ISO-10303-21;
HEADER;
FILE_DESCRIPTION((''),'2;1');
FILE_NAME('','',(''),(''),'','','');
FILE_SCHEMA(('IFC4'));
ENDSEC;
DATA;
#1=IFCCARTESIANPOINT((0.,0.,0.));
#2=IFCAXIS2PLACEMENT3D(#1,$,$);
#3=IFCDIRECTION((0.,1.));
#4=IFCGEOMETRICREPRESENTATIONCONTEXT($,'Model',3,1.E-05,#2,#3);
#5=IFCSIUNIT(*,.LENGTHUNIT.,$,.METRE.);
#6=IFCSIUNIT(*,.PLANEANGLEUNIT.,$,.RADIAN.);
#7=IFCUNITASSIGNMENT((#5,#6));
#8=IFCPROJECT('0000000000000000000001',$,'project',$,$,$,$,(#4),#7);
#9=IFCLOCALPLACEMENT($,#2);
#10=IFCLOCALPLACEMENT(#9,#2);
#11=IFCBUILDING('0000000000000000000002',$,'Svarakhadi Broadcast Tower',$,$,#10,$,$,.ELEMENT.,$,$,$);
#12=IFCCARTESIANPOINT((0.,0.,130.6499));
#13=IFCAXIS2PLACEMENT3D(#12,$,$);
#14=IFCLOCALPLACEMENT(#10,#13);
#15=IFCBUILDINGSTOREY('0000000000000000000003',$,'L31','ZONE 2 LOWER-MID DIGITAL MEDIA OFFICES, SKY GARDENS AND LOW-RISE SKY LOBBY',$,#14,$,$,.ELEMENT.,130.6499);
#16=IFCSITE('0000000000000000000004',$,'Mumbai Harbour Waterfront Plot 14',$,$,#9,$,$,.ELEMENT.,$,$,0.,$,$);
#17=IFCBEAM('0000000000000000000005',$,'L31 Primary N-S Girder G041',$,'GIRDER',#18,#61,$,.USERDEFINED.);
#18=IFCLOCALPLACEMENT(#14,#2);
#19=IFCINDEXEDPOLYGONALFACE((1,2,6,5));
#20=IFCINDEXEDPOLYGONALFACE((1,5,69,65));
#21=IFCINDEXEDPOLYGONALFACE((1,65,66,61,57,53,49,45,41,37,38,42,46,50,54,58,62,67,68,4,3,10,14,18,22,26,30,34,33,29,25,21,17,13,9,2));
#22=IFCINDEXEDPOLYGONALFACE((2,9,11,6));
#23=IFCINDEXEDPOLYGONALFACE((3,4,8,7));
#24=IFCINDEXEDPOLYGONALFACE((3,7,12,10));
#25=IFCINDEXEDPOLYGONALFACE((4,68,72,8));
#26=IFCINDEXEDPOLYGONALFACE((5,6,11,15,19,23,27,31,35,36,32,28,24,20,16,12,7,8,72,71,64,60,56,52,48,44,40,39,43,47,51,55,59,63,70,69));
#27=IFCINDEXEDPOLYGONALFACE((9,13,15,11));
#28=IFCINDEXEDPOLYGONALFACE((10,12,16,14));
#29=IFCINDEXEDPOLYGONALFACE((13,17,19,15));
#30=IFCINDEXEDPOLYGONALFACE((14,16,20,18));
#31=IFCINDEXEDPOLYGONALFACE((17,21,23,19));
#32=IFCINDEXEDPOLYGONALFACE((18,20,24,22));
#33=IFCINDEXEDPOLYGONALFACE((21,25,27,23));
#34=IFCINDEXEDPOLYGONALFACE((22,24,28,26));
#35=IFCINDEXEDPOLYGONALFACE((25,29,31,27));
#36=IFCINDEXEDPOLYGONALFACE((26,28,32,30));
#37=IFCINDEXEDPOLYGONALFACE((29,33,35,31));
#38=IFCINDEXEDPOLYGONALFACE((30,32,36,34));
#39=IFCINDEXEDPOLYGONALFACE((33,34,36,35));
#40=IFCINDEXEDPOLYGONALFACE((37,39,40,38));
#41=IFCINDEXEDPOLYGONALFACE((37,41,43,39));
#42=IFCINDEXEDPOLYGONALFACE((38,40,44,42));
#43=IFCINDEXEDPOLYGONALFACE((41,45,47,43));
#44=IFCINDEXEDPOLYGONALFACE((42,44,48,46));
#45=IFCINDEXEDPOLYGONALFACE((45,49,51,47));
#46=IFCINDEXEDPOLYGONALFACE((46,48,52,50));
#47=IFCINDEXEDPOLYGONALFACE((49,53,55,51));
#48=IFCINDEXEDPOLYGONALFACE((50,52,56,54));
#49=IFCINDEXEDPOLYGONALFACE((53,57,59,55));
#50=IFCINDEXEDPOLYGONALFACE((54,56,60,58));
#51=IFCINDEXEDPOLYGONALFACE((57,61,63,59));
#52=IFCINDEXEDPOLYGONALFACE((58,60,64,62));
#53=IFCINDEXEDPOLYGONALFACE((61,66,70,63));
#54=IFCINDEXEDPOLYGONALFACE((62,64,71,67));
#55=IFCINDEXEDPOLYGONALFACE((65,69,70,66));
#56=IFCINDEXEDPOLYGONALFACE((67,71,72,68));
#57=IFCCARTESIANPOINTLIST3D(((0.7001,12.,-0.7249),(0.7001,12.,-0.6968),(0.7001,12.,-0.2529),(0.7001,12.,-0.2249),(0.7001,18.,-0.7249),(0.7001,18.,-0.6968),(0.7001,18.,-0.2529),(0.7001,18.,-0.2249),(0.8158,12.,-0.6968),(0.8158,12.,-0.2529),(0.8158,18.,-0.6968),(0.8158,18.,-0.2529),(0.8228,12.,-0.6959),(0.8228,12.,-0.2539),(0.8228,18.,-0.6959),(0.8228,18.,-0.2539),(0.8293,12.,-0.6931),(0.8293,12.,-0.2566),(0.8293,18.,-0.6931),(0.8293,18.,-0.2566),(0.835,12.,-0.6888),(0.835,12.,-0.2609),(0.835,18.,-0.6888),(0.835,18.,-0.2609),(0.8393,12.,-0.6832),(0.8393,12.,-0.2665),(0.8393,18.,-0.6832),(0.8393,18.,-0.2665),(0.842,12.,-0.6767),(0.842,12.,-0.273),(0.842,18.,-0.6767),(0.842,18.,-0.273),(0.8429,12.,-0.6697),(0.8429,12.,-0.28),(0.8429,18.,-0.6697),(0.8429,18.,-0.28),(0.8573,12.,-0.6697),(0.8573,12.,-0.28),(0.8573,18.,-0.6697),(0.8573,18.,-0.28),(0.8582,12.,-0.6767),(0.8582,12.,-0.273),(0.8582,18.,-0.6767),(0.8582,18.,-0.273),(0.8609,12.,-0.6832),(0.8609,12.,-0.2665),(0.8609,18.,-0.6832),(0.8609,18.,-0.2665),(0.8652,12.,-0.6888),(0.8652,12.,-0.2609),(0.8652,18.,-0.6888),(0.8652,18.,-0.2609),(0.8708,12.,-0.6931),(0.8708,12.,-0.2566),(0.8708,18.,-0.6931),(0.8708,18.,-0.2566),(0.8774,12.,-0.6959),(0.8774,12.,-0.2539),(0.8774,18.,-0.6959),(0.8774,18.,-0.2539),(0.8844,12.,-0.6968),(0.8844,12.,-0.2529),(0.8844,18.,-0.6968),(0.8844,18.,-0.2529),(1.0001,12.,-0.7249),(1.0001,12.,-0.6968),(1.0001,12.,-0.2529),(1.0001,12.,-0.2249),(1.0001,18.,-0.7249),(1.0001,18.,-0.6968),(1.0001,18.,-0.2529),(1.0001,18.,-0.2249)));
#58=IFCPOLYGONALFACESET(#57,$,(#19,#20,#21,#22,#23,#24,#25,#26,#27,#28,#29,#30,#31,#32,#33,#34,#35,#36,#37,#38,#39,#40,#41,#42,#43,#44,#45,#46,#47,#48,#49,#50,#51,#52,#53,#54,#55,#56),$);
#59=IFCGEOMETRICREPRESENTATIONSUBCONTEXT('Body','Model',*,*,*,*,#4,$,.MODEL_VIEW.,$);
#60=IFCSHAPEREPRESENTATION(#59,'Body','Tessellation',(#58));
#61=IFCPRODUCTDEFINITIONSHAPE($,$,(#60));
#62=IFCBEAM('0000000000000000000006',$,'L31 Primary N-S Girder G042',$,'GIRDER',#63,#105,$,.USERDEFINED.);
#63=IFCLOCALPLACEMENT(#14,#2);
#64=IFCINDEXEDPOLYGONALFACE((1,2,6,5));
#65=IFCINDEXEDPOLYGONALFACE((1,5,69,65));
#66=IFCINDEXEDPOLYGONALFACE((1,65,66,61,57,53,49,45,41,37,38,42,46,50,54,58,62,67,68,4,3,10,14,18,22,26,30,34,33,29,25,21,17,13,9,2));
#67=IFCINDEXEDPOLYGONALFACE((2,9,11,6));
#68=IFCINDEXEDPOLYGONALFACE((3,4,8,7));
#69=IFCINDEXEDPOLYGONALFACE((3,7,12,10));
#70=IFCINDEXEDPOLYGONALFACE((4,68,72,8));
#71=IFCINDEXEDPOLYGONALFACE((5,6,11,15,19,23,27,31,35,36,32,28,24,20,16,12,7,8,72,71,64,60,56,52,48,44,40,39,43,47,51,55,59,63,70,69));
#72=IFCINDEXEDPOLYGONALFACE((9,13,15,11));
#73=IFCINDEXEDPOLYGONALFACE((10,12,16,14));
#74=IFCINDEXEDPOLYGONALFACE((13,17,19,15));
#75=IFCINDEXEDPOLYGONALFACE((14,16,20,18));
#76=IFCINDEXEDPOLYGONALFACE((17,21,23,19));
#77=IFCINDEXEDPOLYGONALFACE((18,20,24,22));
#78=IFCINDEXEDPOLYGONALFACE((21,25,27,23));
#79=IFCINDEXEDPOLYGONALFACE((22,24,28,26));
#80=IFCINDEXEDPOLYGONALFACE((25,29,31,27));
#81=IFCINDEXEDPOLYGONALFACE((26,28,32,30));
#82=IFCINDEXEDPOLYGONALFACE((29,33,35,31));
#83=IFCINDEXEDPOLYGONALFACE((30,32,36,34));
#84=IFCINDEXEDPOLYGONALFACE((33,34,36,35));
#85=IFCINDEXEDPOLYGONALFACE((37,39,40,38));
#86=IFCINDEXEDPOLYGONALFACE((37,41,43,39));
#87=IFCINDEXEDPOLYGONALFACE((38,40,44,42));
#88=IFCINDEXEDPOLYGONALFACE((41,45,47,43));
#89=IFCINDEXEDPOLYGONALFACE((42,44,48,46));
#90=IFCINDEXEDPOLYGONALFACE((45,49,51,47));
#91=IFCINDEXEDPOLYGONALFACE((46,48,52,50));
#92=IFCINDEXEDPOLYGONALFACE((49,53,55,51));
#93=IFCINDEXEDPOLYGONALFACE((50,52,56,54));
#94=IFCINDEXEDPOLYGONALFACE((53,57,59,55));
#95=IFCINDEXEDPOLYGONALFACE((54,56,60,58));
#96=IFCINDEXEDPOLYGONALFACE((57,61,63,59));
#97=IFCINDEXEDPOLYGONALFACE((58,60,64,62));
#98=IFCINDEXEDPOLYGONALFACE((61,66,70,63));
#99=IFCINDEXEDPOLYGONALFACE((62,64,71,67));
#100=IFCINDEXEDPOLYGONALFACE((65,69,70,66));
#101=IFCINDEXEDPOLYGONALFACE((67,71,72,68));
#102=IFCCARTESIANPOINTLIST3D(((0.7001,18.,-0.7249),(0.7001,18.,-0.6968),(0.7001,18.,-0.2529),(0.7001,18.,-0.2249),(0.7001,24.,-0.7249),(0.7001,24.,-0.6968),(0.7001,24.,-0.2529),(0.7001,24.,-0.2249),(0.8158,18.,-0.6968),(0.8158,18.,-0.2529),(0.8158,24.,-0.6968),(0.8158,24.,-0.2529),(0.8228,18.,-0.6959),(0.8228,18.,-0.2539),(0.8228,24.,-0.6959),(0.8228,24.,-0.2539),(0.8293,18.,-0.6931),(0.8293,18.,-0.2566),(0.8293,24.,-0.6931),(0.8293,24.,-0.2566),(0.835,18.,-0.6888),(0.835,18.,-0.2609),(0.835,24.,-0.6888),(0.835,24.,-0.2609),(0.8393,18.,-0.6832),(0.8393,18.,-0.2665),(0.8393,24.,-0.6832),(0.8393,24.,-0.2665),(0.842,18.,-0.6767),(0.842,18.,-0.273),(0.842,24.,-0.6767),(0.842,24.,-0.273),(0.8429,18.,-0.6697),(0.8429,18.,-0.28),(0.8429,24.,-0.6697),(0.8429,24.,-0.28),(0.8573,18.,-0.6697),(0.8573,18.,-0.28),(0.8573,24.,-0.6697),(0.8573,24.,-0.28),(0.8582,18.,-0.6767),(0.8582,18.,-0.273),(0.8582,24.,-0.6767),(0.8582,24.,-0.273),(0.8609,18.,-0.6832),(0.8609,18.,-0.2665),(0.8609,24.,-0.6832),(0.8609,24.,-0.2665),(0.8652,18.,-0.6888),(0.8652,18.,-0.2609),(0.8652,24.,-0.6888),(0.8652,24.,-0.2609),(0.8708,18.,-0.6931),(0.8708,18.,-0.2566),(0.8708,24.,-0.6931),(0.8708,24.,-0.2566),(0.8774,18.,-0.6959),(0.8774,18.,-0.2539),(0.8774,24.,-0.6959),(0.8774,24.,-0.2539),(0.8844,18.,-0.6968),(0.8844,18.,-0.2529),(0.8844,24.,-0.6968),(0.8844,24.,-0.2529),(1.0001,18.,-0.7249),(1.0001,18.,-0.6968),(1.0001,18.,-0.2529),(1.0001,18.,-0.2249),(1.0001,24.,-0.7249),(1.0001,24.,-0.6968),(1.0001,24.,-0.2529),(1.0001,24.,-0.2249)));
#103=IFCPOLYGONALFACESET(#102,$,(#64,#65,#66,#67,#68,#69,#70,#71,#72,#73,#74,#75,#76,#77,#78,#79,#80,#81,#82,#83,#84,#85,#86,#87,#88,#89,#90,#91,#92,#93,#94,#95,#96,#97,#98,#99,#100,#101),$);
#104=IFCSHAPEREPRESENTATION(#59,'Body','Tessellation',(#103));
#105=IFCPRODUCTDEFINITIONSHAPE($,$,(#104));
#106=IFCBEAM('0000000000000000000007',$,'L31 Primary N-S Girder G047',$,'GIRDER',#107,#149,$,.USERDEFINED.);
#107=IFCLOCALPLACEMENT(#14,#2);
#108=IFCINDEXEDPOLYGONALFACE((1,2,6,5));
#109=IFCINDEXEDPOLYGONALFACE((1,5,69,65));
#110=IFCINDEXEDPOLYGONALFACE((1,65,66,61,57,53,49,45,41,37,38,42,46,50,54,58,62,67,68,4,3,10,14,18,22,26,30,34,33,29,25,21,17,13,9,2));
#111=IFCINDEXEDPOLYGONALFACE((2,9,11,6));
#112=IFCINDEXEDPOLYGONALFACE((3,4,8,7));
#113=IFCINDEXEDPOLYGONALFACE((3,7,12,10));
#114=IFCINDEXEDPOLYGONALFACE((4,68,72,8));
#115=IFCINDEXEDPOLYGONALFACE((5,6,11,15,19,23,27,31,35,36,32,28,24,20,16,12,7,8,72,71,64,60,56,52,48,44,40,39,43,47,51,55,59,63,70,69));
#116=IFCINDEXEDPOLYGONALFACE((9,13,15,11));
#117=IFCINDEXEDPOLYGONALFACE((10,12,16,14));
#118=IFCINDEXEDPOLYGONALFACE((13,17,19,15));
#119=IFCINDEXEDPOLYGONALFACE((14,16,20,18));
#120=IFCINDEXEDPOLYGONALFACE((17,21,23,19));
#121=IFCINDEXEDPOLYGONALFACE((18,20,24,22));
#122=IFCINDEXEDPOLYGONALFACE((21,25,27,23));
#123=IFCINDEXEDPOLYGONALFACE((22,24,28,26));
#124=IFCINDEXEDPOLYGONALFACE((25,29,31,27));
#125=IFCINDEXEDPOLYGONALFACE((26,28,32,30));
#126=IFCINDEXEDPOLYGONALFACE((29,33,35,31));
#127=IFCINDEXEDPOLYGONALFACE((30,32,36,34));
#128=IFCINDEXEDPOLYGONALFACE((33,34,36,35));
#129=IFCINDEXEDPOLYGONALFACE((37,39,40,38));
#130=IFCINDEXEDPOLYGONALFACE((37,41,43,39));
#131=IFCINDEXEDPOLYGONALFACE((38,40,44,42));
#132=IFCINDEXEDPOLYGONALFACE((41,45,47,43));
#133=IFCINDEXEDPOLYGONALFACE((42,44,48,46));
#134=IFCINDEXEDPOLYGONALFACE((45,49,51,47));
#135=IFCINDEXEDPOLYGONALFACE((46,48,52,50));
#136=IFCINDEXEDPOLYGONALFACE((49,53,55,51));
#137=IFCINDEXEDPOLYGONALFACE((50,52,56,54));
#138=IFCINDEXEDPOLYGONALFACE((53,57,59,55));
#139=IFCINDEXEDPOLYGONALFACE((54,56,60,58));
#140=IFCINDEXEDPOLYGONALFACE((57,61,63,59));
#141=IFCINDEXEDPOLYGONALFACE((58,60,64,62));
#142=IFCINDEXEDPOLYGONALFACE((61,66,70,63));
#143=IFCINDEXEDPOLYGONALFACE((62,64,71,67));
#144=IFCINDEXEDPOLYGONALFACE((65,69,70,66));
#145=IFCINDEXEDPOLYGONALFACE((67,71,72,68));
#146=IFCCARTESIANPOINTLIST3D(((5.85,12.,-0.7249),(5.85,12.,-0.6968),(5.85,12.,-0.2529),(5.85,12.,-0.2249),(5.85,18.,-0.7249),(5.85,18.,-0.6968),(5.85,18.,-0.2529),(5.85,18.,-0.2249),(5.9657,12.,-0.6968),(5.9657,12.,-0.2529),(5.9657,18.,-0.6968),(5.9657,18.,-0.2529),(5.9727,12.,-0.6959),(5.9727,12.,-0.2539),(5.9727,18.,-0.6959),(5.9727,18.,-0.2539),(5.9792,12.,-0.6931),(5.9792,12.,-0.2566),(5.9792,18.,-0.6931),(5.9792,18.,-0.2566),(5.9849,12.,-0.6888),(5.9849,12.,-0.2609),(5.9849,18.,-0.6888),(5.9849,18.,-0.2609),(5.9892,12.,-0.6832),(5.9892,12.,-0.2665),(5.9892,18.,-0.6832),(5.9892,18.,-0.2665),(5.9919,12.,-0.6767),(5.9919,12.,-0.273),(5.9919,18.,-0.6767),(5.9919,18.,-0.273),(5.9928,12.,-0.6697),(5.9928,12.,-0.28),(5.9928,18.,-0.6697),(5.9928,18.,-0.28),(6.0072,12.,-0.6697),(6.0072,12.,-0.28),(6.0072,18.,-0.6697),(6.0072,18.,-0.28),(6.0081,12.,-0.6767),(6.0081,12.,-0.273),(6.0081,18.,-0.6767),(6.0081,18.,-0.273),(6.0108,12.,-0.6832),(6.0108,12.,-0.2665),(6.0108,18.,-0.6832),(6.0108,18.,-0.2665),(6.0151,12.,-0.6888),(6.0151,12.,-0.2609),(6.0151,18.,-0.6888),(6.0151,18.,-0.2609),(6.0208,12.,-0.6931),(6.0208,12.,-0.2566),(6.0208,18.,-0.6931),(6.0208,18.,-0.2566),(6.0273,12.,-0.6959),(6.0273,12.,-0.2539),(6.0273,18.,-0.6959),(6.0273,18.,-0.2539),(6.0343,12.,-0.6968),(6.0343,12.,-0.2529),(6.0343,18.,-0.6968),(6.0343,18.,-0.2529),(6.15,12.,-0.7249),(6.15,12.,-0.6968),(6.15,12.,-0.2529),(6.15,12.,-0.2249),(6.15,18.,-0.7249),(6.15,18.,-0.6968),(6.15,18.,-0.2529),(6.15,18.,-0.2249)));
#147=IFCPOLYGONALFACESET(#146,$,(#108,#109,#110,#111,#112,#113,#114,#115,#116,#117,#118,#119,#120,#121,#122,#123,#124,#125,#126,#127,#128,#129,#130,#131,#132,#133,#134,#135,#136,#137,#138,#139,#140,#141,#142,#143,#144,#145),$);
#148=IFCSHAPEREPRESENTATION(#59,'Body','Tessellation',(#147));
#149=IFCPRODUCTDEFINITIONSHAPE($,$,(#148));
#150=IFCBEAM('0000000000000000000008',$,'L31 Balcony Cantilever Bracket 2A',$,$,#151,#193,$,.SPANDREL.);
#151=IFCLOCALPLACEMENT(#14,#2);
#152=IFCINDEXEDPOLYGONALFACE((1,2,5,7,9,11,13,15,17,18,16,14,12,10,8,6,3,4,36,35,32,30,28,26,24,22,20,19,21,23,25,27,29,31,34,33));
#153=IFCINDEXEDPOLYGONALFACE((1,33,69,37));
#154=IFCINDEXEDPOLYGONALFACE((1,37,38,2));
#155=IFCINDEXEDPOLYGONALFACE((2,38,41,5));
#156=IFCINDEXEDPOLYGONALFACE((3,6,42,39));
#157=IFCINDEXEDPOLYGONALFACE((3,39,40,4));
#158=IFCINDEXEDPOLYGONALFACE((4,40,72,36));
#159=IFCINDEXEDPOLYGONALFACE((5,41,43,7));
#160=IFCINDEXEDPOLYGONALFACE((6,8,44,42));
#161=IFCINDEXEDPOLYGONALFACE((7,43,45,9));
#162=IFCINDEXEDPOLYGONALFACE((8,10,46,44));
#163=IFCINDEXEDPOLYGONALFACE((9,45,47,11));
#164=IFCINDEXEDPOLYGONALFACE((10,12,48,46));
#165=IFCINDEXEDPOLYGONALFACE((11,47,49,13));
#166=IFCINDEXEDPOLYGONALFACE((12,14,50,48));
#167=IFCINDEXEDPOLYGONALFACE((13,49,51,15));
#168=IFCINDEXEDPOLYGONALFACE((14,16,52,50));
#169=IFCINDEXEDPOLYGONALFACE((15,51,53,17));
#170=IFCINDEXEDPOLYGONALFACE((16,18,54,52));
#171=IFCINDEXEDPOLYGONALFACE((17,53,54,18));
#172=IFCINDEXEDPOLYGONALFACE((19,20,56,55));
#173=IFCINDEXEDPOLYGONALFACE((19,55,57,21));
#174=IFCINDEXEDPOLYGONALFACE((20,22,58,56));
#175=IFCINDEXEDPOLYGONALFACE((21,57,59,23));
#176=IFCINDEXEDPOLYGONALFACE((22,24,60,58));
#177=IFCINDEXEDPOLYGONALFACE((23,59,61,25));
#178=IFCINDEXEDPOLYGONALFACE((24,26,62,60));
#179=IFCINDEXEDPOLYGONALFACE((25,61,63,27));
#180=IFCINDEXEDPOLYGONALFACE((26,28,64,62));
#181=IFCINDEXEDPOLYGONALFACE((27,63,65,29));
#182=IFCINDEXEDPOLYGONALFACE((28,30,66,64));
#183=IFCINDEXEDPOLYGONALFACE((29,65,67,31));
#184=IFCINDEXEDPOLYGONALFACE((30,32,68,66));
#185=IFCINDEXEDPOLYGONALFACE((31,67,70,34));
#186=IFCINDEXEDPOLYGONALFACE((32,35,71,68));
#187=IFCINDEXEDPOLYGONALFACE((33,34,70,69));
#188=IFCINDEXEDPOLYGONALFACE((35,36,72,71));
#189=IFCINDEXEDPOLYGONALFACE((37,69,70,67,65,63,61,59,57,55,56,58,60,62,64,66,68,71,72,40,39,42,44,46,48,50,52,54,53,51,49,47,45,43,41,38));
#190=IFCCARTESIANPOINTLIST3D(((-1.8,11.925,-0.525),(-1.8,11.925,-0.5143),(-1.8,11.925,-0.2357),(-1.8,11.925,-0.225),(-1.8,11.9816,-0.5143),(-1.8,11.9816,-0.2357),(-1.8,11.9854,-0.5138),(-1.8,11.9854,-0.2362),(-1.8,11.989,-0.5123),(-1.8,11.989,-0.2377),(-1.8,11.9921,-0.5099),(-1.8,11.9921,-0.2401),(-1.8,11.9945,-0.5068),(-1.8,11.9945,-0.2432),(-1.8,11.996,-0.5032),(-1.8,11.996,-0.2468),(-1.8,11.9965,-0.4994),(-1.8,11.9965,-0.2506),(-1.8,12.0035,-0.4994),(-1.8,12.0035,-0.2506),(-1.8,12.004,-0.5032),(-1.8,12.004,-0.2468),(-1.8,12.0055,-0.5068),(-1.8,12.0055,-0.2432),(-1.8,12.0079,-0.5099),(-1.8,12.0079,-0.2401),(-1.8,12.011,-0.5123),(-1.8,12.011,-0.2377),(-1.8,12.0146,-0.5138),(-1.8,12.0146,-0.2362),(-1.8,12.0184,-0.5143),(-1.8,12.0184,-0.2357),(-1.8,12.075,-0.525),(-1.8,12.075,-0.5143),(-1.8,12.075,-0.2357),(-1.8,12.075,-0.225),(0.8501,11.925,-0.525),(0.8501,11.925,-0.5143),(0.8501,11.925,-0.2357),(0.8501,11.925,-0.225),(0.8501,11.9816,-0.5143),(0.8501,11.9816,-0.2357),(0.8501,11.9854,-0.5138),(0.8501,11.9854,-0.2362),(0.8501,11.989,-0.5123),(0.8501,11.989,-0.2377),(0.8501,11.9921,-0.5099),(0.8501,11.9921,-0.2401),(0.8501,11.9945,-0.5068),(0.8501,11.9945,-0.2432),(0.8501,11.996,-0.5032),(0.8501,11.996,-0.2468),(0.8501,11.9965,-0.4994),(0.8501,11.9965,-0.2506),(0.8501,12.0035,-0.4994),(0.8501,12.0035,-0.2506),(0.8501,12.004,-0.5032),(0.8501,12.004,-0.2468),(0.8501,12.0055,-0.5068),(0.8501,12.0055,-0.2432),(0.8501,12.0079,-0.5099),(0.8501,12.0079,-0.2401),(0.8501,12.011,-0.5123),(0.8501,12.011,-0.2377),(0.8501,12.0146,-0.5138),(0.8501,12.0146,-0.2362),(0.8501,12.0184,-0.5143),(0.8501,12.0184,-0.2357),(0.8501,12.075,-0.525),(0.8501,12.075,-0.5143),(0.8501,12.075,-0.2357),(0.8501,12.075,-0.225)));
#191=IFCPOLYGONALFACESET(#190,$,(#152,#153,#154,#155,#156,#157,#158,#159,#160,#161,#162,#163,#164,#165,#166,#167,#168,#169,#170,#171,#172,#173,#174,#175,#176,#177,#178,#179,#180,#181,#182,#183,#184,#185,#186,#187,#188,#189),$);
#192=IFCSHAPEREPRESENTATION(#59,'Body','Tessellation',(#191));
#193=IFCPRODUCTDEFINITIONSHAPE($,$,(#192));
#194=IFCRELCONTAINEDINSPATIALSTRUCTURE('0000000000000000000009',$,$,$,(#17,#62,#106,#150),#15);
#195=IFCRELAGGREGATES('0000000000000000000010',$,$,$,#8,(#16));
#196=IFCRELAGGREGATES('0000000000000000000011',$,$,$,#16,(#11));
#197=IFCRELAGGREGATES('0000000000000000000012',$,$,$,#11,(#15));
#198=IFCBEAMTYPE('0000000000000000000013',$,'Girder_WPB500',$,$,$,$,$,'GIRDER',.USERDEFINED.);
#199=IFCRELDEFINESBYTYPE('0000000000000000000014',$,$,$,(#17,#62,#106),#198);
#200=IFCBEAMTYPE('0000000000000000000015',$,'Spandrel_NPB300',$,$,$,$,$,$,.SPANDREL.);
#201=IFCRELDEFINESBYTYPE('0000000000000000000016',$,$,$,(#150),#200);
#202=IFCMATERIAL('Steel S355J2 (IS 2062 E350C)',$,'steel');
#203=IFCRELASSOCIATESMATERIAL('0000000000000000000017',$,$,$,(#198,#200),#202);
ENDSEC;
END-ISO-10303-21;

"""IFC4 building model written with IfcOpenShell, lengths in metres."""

from ifc_helpers import new_model, si_unit, direction, frame, origin, origin_2d, place, context, subcontext, project, spatial, i_section, extrude, material, material_profile, profile_set, type_object, element, save


model = new_model("IFC4")

# Units and contexts
model_context = context("Model", 3, precision=1e-05, world=origin(), true_north=direction((0.0, 1.0)))
body_context = subcontext(model_context, "Body", "Model", "MODEL_VIEW")
ifc_project = project(units=[si_unit("LENGTHUNIT", "METRE"), si_unit("PLANEANGLEUNIT", "RADIAN")], contexts=[model_context])

# Site, building, storey
site_placement = place(None, origin())
site = spatial("IfcSite", under=ifc_project, at=site_placement, Name="Mumbai Harbour Waterfront Plot 14", CompositionType="ELEMENT", RefElevation=0.0)
building_placement = place(site_placement, origin())
building = spatial("IfcBuilding", under=site, at=building_placement, Name="Svarakhadi Broadcast Tower", CompositionType="ELEMENT")
storey_placement = place(building_placement, frame((0.0, 0.0, 130.6499)))
storey = spatial("IfcBuildingStorey", under=building, at=storey_placement, Name="L31", Description="ZONE 2 LOWER-MID DIGITAL MEDIA OFFICES, SKY GARDENS AND LOW-RISE SKY LOBBY", CompositionType="ELEMENT", Elevation=130.6499)

# Shared definitions
ifc_material_1 = material(Name="Steel S355J2 (IS 2062 E350C)", Category="steel")

# Beams
ifc_material_profile_1 = material_profile(ifc_material_1, i_section(OverallWidth=0.3, OverallDepth=0.5, WebThickness=0.0144, FlangeThickness=0.0281, FilletRadius=0.0271, at=origin_2d()), Name="WPB 500x300x187")
ifc_profile_set_1 = profile_set([ifc_material_profile_1], Name="Steel S355J2 (IS 2062 E350C)")
beam_type_1 = type_object("IfcBeamType", Name="Girder_WPB500", ElementType="GIRDER", PredefinedType="USERDEFINED", material=ifc_profile_set_1)
for number, where, z_axis, x_axis, name in (
    (1, (0.8501, 12.0, -0.4749), (0.0, 1.0, 0.0), (-1.0, 0.0, 0.0), "L31 Primary N-S Girder G041"),
    (2, (0.8501, 18.0, -0.4749), (0.0, 1.0, 0.0), (-1.0, 0.0, 0.0), "L31 Primary N-S Girder G042"),
    (3, (6.0, 12.0, -0.4749), (0.0, 1.0, 0.0), (-1.0, 0.0, 0.0), "L31 Primary N-S Girder G047"),
):
    element("IfcBeam", number, at=place(storey_placement, frame(where, z_axis=z_axis, x_axis=x_axis)), inside=storey, type_object=beam_type_1, Name=name, ObjectType="GIRDER", PredefinedType="USERDEFINED", context=body_context, shape_type="SweptSolid", body=[
        extrude(i_section(OverallWidth=0.3, OverallDepth=0.5, WebThickness=0.0144, FlangeThickness=0.0281, FilletRadius=0.0271, at=origin_2d()), origin(), (0.0, 0.0, 1.0), 6.0),
    ])
ifc_material_profile_2 = material_profile(ifc_material_1, i_section(OverallWidth=0.1499, OverallDepth=0.3, WebThickness=0.0071, FlangeThickness=0.0107, FilletRadius=0.0149, at=origin_2d()), Name="NPB 300x150x37")
ifc_profile_set_2 = profile_set([ifc_material_profile_2], Name="Steel S355J2 (IS 2062 E350C)")
beam_type_2 = type_object("IfcBeamType", Name="Spandrel_NPB300", PredefinedType="SPANDREL", material=ifc_profile_set_2)
for number, where, z_axis, x_axis, name in (
    (4, (0.8501, 12.0, -0.375), (-1.0, 0.0, 0.0), (0.0, -1.0, 0.0), "L31 Balcony Cantilever Bracket 2A"),
):
    element("IfcBeam", number, at=place(storey_placement, frame(where, z_axis=z_axis, x_axis=x_axis)), inside=storey, type_object=beam_type_2, Name=name, PredefinedType="SPANDREL", context=body_context, shape_type="SweptSolid", body=[
        extrude(i_section(OverallWidth=0.1499, OverallDepth=0.3, WebThickness=0.0071, FlangeThickness=0.0107, FilletRadius=0.0149, at=origin_2d()), origin(), (0.0, 0.0, 1.0), 2.6501),
    ])

save(model, "model.ifc")
